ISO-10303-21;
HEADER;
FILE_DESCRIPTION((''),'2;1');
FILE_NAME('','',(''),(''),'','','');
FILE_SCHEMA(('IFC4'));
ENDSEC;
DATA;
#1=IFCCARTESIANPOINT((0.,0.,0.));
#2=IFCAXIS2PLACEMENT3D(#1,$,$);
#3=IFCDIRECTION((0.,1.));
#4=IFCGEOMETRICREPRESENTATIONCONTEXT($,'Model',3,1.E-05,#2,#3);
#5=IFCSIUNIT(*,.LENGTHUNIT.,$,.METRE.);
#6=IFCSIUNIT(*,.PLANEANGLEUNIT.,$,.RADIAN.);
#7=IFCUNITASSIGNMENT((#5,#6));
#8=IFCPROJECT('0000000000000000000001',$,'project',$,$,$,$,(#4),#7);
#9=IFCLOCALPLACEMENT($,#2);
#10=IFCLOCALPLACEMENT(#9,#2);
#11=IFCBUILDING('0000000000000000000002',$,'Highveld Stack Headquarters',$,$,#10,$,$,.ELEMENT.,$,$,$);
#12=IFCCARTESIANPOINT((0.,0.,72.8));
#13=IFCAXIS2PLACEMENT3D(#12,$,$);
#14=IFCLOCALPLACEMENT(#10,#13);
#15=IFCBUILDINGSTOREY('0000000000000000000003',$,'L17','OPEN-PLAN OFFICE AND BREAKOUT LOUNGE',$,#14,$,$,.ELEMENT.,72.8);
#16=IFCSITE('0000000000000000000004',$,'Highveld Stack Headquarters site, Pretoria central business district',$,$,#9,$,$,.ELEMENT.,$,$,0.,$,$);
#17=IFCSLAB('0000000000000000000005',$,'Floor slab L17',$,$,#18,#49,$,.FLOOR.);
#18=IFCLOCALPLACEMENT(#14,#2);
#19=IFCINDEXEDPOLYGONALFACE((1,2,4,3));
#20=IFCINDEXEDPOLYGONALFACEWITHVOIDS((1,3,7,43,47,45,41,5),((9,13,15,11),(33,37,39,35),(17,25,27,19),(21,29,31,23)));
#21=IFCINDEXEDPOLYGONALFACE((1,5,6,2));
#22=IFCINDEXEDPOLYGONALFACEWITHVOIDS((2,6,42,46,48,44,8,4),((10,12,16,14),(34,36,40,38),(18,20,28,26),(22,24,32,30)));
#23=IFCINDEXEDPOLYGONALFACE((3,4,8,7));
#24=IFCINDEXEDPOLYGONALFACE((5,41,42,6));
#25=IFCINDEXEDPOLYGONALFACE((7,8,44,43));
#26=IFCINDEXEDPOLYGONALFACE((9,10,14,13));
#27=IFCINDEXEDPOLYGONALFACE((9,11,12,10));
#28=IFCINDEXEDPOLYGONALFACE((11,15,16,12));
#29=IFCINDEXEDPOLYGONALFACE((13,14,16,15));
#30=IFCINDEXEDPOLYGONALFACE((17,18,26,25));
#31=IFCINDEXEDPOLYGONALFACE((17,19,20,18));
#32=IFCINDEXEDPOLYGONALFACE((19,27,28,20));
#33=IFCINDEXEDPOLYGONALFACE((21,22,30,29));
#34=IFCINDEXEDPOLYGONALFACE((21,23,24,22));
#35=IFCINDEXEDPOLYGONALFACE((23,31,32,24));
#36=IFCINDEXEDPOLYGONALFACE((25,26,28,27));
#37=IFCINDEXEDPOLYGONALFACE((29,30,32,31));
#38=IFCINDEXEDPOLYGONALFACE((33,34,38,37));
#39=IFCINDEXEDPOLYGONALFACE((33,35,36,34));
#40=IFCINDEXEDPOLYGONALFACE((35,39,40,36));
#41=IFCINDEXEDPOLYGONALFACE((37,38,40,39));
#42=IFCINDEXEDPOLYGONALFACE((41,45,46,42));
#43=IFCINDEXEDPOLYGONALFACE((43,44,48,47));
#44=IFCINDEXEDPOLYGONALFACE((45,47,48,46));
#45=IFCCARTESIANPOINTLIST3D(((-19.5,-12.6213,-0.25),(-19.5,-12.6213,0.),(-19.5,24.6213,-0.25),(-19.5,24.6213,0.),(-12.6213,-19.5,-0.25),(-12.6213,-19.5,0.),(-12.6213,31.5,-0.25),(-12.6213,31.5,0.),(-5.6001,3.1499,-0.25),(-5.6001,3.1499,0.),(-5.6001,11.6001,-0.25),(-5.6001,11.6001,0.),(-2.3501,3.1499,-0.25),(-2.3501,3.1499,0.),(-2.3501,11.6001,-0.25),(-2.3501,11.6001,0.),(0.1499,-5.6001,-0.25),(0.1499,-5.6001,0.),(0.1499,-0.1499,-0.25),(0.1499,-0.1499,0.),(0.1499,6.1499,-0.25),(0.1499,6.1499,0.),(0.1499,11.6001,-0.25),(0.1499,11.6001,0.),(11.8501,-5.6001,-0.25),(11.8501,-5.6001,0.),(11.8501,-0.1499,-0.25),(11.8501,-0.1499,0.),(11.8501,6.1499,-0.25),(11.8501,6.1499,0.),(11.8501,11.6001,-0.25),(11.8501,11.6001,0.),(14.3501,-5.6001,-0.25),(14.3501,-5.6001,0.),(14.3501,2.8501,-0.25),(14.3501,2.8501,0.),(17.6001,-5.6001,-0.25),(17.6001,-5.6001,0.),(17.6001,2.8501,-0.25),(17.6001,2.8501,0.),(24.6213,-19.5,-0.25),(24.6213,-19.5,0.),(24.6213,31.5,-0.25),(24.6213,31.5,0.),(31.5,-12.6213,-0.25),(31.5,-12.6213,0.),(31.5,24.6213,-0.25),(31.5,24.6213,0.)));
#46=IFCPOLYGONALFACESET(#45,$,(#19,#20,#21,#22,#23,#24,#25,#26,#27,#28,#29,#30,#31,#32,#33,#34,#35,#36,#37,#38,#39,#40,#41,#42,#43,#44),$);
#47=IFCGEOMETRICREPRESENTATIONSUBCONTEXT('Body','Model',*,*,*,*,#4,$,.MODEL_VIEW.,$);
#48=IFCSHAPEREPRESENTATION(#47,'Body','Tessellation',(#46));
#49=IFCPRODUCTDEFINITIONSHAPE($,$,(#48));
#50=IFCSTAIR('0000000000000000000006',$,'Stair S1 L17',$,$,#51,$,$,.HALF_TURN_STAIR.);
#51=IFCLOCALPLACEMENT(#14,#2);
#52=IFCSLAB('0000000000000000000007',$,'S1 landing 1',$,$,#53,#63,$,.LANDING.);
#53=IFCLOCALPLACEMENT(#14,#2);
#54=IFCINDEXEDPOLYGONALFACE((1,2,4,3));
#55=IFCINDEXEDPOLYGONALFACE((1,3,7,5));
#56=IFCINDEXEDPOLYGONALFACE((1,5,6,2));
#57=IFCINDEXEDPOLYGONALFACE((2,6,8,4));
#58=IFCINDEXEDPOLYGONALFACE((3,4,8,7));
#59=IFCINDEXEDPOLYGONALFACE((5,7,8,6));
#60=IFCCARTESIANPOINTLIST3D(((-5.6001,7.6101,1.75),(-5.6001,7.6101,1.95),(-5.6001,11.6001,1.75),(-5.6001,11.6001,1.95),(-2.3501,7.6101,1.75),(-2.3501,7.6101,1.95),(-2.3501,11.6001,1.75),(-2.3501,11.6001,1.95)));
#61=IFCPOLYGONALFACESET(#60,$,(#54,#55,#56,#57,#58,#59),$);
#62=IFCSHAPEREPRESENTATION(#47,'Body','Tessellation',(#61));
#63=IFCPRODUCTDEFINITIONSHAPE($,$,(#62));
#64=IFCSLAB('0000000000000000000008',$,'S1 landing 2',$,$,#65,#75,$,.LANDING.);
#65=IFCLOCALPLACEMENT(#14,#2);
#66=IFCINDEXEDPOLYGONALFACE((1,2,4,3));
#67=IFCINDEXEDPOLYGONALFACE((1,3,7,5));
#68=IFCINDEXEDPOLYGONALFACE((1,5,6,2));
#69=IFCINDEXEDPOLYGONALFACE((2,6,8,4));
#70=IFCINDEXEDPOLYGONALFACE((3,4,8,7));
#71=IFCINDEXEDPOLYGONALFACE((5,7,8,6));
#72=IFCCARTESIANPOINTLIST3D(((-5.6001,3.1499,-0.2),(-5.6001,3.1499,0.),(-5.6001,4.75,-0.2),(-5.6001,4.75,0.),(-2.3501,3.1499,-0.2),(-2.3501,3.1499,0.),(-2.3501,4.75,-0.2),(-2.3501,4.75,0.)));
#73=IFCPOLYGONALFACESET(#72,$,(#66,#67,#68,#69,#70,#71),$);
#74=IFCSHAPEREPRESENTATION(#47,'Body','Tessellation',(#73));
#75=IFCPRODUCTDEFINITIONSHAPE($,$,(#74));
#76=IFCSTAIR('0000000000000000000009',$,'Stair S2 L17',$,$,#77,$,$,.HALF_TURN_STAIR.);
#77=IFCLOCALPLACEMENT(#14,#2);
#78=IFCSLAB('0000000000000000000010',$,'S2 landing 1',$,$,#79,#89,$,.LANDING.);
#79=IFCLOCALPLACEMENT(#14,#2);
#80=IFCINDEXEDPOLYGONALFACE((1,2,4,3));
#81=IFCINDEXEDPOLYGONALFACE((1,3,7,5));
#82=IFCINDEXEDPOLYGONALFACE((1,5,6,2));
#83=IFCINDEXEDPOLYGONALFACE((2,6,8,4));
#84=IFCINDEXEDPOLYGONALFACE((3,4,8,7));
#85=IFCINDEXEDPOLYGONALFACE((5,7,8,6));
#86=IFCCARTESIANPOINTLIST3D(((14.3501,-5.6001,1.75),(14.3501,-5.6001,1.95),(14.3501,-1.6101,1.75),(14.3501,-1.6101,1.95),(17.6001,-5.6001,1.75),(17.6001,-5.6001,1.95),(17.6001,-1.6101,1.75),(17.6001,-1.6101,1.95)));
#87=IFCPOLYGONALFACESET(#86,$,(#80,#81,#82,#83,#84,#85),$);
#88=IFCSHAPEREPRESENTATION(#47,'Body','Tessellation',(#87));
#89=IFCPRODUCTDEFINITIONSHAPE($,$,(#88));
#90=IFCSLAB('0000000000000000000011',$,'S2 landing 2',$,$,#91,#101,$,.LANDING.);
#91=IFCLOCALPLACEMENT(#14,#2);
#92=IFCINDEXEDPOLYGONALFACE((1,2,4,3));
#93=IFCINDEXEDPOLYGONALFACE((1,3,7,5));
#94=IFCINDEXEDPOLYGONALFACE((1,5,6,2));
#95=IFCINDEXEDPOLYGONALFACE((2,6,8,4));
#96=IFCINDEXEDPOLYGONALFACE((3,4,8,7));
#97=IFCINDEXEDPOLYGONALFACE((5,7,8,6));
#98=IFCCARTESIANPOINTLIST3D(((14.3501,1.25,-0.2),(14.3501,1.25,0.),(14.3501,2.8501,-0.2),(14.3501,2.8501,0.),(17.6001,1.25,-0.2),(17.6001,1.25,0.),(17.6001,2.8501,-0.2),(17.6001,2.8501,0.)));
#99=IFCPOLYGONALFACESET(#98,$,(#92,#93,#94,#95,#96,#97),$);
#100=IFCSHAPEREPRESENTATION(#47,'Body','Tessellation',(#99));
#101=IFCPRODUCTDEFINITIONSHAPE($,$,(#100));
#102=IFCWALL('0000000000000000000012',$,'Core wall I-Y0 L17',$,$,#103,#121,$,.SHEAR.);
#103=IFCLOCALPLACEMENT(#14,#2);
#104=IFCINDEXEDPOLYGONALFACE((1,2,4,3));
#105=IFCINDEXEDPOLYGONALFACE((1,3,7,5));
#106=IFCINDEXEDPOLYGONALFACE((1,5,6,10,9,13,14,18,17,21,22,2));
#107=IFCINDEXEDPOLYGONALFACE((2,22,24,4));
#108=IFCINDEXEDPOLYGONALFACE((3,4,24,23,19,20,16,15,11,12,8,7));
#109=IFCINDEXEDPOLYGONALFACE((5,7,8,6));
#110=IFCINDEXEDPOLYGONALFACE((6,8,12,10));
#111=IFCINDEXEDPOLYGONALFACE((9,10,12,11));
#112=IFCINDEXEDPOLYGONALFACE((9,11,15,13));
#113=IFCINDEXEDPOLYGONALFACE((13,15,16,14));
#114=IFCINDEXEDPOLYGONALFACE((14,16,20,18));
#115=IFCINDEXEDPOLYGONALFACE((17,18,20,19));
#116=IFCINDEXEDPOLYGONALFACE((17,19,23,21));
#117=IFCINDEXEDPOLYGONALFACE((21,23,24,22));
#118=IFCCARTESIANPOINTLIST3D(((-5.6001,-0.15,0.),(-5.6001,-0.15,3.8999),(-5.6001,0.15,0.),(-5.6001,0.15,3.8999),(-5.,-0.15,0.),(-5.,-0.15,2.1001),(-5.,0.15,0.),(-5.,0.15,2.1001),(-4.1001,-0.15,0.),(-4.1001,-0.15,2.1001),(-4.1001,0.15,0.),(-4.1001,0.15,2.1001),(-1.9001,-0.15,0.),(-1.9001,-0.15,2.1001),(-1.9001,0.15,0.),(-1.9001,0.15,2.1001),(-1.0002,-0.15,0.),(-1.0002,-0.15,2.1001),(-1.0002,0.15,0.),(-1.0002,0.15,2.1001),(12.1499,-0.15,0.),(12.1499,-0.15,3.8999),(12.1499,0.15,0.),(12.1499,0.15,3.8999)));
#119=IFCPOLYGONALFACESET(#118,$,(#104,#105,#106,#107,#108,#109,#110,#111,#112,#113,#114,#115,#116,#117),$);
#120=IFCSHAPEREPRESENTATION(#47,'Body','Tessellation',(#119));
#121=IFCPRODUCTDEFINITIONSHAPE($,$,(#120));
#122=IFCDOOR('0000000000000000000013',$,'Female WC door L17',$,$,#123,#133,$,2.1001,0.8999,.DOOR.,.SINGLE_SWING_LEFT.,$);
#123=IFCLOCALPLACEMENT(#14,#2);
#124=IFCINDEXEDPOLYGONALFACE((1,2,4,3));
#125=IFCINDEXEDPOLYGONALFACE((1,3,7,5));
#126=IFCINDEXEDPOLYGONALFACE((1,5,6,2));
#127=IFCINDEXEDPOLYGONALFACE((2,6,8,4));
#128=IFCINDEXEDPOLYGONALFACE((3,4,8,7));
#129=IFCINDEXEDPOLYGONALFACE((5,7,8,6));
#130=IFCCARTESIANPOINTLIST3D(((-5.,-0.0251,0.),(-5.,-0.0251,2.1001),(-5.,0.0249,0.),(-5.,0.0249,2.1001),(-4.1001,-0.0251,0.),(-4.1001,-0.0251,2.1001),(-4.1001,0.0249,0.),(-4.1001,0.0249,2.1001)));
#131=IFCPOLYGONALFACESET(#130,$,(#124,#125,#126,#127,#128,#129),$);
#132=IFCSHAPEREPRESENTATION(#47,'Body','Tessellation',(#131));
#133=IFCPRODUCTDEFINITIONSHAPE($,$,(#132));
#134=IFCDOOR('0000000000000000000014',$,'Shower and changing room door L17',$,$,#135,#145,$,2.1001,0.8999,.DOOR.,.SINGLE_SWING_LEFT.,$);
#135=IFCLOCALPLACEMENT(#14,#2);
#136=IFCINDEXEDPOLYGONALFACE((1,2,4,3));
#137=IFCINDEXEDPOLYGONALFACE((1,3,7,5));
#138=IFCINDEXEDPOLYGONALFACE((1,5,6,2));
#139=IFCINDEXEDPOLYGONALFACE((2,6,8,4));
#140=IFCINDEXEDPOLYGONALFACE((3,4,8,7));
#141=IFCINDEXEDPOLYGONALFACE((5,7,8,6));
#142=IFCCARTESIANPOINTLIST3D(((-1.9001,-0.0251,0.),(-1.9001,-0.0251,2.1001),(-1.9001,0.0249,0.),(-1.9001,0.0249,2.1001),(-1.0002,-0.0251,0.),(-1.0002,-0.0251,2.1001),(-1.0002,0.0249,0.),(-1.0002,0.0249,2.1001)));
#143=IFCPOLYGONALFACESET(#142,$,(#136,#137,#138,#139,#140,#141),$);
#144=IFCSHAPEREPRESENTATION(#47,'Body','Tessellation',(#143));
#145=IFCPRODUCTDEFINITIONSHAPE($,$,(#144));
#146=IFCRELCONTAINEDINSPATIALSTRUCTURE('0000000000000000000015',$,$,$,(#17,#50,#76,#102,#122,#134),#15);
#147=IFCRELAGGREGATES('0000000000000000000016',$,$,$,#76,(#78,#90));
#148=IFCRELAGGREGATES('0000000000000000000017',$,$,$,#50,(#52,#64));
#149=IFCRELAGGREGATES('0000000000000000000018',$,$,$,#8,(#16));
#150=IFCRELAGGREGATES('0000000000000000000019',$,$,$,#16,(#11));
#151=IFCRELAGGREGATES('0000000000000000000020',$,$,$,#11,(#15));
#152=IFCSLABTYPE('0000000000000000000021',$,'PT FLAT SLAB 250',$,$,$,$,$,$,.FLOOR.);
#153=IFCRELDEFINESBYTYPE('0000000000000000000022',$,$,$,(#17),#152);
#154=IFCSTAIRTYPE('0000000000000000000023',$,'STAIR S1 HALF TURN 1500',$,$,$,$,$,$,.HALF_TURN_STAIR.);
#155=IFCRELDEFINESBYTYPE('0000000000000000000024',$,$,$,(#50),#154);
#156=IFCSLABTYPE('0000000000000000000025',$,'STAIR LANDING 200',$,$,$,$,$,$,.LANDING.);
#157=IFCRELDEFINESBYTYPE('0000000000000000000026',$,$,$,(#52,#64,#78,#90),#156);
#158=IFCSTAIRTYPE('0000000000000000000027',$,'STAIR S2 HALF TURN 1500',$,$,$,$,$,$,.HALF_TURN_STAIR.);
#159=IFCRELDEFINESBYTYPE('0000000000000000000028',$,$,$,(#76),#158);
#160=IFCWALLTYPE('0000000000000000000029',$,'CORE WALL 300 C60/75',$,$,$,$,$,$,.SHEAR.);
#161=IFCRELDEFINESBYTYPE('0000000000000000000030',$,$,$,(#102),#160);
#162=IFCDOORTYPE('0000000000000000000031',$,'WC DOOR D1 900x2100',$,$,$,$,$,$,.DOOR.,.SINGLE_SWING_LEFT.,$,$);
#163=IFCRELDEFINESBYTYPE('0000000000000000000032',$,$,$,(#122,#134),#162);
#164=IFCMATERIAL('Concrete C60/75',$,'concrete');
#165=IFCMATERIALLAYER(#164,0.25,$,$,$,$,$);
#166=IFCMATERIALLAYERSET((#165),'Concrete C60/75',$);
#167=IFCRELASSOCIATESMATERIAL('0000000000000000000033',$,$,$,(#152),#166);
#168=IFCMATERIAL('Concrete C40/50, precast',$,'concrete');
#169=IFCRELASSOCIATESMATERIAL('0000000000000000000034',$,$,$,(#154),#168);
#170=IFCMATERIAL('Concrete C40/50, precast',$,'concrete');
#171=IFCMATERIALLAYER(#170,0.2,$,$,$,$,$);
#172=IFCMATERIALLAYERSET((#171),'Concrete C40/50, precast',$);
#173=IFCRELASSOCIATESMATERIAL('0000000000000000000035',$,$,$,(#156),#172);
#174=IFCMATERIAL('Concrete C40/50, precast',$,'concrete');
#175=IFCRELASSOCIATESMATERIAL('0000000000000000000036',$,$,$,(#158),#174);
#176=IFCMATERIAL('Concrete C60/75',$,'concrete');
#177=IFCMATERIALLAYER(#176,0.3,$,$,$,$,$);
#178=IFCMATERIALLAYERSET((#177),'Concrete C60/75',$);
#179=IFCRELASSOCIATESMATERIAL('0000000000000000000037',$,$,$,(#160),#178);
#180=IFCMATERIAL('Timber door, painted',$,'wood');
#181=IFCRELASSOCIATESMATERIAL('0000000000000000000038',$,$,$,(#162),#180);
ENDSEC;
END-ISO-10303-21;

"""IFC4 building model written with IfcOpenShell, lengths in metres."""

from ifc_helpers import new_model, si_unit, direction, frame, frame_2d, origin, place, context, subcontext, project, spatial, polyline, rectangle, outline, extrude, material, layer, layer_set, type_object, element, fill, aggregate, save


model = new_model("IFC4")

# Units and contexts
model_context = context("Model", 3, precision=1e-05, world=origin(), true_north=direction((0.0, 1.0)))
body_context = subcontext(model_context, "Body", "Model", "MODEL_VIEW")
ifc_project = project(units=[si_unit("LENGTHUNIT", "METRE"), si_unit("PLANEANGLEUNIT", "RADIAN")], contexts=[model_context])

# Site, building, storey
site_placement = place(None, origin())
site = spatial("IfcSite", under=ifc_project, at=site_placement, Name="Highveld Stack Headquarters site, Pretoria central business district", CompositionType="ELEMENT", RefElevation=0.0)
building_placement = place(site_placement, origin())
building = spatial("IfcBuilding", under=site, at=building_placement, Name="Highveld Stack Headquarters", CompositionType="ELEMENT")
storey_placement = place(building_placement, frame((0.0, 0.0, 72.8)))
storey = spatial("IfcBuildingStorey", under=building, at=storey_placement, Name="L17", Description="OPEN-PLAN OFFICE AND BREAKOUT LOUNGE", CompositionType="ELEMENT", Elevation=72.8)

# Slab
ifc_material_1 = material(Name="Concrete C60/75", Category="concrete")
ifc_layer_1 = layer(ifc_material_1, 0.25)
ifc_layer_set_1 = layer_set([ifc_layer_1], Name="Concrete C60/75")
slab_type_1 = type_object("IfcSlabType", Name="PT FLAT SLAB 250", PredefinedType="FLOOR", material=ifc_layer_set_1)
slab_1_placement = place(storey_placement, frame((0.0, 0.0, -0.25)))
element("IfcSlab", 1, at=slab_1_placement, inside=storey, type_object=slab_type_1, Name="Floor slab L17", PredefinedType="FLOOR", context=body_context, shape_type="SweptSolid", body=[
    extrude(outline(polyline([(-12.6213, -19.5), (24.6213, -19.5), (31.5, -12.6213), (31.5, 24.6213), (24.6213, 31.5), (-12.6213, 31.5), (-19.5, 24.6213), (-19.5, -12.6213), (-12.6213, -19.5)]), holes=[polyline([(0.1499, 6.1499), (11.8501, 6.1499), (11.8501, 11.6001), (0.1499, 11.6001), (0.1499, 6.1499)]), polyline([(0.1499, -5.6001), (11.8501, -5.6001), (11.8501, -0.1499), (0.1499, -0.1499), (0.1499, -5.6001)]), polyline([(-5.6001, 3.1499), (-2.3501, 3.1499), (-2.3501, 11.6001), (-5.6001, 11.6001), (-5.6001, 3.1499)]), polyline([(14.3501, -5.6001), (17.6001, -5.6001), (17.6001, 2.8501), (14.3501, 2.8501), (14.3501, -5.6001)])]), origin(), (0.0, 0.0, 1.0), 0.25),
])

# Stairs, slabs
ifc_material_2 = material(Name="Concrete C40/50, precast", Category="concrete")
stair_type_1 = type_object("IfcStairType", Name="STAIR S1 HALF TURN 1500", PredefinedType="HALF_TURN_STAIR", material=ifc_material_2)
stair_1_placement = place(storey_placement, origin())
stair_1 = element("IfcStair", 2, at=stair_1_placement, inside=storey, type_object=stair_type_1, Name="Stair S1 L17", PredefinedType="HALF_TURN_STAIR")
ifc_material_3 = material(Name="Concrete C40/50, precast", Category="concrete")
ifc_layer_2 = layer(ifc_material_3, 0.2)
ifc_layer_set_2 = layer_set([ifc_layer_2], Name="Concrete C40/50, precast")
slab_type_2 = type_object("IfcSlabType", Name="STAIR LANDING 200", PredefinedType="LANDING", material=ifc_layer_set_2)
slab_2_placement = place(storey_placement, frame((0.0, 0.0, 1.75)))
slab_2 = element("IfcSlab", 3, at=slab_2_placement, type_object=slab_type_2, Name="S1 landing 1", PredefinedType="LANDING", context=body_context, shape_type="SweptSolid", body=[
    extrude(outline(polyline([(-5.6001, 7.6101), (-2.3501, 7.6101), (-2.3501, 11.6001), (-5.6001, 11.6001), (-5.6001, 7.6101)])), origin(), (0.0, 0.0, 1.0), 0.2),
])
slab_3_placement = place(storey_placement, frame((0.0, 0.0, -0.2)))
slab_3 = element("IfcSlab", 4, at=slab_3_placement, type_object=slab_type_2, Name="S1 landing 2", PredefinedType="LANDING", context=body_context, shape_type="SweptSolid", body=[
    extrude(outline(polyline([(-5.6001, 3.1499), (-2.3501, 3.1499), (-2.3501, 4.75), (-5.6001, 4.75), (-5.6001, 3.1499)])), origin(), (0.0, 0.0, 1.0), 0.2),
])
ifc_material_4 = material(Name="Concrete C40/50, precast", Category="concrete")
stair_type_2 = type_object("IfcStairType", Name="STAIR S2 HALF TURN 1500", PredefinedType="HALF_TURN_STAIR", material=ifc_material_4)
stair_2_placement = place(storey_placement, origin())
stair_2 = element("IfcStair", 5, at=stair_2_placement, inside=storey, type_object=stair_type_2, Name="Stair S2 L17", PredefinedType="HALF_TURN_STAIR")
slab_4_placement = place(storey_placement, frame((0.0, 0.0, 1.75)))
slab_4 = element("IfcSlab", 6, at=slab_4_placement, type_object=slab_type_2, Name="S2 landing 1", PredefinedType="LANDING", context=body_context, shape_type="SweptSolid", body=[
    extrude(outline(polyline([(14.3501, -5.6001), (17.6001, -5.6001), (17.6001, -1.6101), (14.3501, -1.6101), (14.3501, -5.6001)])), origin(), (0.0, 0.0, 1.0), 0.2),
])
slab_5_placement = place(storey_placement, frame((0.0, 0.0, -0.2)))
slab_5 = element("IfcSlab", 7, at=slab_5_placement, type_object=slab_type_2, Name="S2 landing 2", PredefinedType="LANDING", context=body_context, shape_type="SweptSolid", body=[
    extrude(outline(polyline([(14.3501, 1.25), (17.6001, 1.25), (17.6001, 2.8501), (14.3501, 2.8501), (14.3501, 1.25)])), origin(), (0.0, 0.0, 1.0), 0.2),
])
aggregate(stair_2, [slab_4, slab_5])

# Wall, openings, doors
ifc_material_5 = material(Name="Concrete C60/75", Category="concrete")
ifc_layer_3 = layer(ifc_material_5, 0.3)
ifc_layer_set_3 = layer_set([ifc_layer_3], Name="Concrete C60/75")
wall_type_1 = type_object("IfcWallType", Name="CORE WALL 300 C60/75", PredefinedType="SHEAR", material=ifc_layer_set_3)
wall_1_placement = place(storey_placement, frame((-5.6001, 0.0, 0.0), z_axis=(0.0, 0.0, 1.0), x_axis=(1.0, 0.0, 0.0)))
wall_1 = element("IfcWall", 8, at=wall_1_placement, inside=storey, type_object=wall_type_1, Name="Core wall I-Y0 L17", PredefinedType="SHEAR", context=body_context, shape_type="SweptSolid", body=[
    extrude(rectangle(XDim=17.75, YDim=0.3, at=frame_2d((8.875, 0.0))), origin(), (0.0, 0.0, 1.0), 3.8999),
])
opening_1_placement = place(wall_1_placement, frame((0.6001, 0.0, 0.0)))
opening_1 = element("IfcOpeningElement", 9, at=opening_1_placement, cuts=wall_1, PredefinedType="OPENING", context=body_context, shape_type="SweptSolid", body=[
    extrude(rectangle(XDim=0.8999, YDim=2.1001, at=frame_2d((0.45, 1.05))), frame((0.0, 0.1599, 0.0), z_axis=(0.0, -1.0, 0.0), x_axis=(1.0, 0.0, 0.0)), (0.0, 0.0, 1.0), 0.3201),
])
opening_2_placement = place(wall_1_placement, frame((3.7, 0.0, 0.0)))
opening_2 = element("IfcOpeningElement", 10, at=opening_2_placement, cuts=wall_1, PredefinedType="OPENING", context=body_context, shape_type="SweptSolid", body=[
    extrude(rectangle(XDim=0.8999, YDim=2.1001, at=frame_2d((0.45, 1.05))), frame((0.0, 0.1599, 0.0), z_axis=(0.0, -1.0, 0.0), x_axis=(1.0, 0.0, 0.0)), (0.0, 0.0, 1.0), 0.3201),
])
ifc_material_6 = material(Name="Timber door, painted", Category="wood")
door_type_1 = type_object("IfcDoorType", Name="WC DOOR D1 900x2100", OperationType="SINGLE_SWING_LEFT", PredefinedType="DOOR", material=ifc_material_6)
door_1_placement = place(opening_1_placement, origin())
door_1 = element("IfcDoor", 11, at=door_1_placement, inside=storey, type_object=door_type_1, Name="Female WC door L17", OperationType="SINGLE_SWING_LEFT", OverallHeight=2.1001, OverallWidth=0.8999, PredefinedType="DOOR", context=body_context, shape_type="SweptSolid", body=[
    extrude(rectangle(XDim=0.8999, YDim=2.1001, at=frame_2d((0.45, 1.05))), frame((0.0, 0.0249, 0.0), z_axis=(0.0, -1.0, 0.0), x_axis=(1.0, 0.0, 0.0)), (0.0, 0.0, 1.0), 0.05),
])
fill(opening_1, door_1)
door_2_placement = place(opening_2_placement, origin())
door_2 = element("IfcDoor", 12, at=door_2_placement, inside=storey, type_object=door_type_1, Name="Shower and changing room door L17", OperationType="SINGLE_SWING_LEFT", OverallHeight=2.1001, OverallWidth=0.8999, PredefinedType="DOOR", context=body_context, shape_type="SweptSolid", body=[
    extrude(rectangle(XDim=0.8999, YDim=2.1001, at=frame_2d((0.45, 1.05))), frame((0.0, 0.0249, 0.0), z_axis=(0.0, -1.0, 0.0), x_axis=(1.0, 0.0, 0.0)), (0.0, 0.0, 1.0), 0.05),
])
fill(opening_2, door_2)

aggregate(stair_1, [slab_2, slab_3])

save(model, "model.ifc")
